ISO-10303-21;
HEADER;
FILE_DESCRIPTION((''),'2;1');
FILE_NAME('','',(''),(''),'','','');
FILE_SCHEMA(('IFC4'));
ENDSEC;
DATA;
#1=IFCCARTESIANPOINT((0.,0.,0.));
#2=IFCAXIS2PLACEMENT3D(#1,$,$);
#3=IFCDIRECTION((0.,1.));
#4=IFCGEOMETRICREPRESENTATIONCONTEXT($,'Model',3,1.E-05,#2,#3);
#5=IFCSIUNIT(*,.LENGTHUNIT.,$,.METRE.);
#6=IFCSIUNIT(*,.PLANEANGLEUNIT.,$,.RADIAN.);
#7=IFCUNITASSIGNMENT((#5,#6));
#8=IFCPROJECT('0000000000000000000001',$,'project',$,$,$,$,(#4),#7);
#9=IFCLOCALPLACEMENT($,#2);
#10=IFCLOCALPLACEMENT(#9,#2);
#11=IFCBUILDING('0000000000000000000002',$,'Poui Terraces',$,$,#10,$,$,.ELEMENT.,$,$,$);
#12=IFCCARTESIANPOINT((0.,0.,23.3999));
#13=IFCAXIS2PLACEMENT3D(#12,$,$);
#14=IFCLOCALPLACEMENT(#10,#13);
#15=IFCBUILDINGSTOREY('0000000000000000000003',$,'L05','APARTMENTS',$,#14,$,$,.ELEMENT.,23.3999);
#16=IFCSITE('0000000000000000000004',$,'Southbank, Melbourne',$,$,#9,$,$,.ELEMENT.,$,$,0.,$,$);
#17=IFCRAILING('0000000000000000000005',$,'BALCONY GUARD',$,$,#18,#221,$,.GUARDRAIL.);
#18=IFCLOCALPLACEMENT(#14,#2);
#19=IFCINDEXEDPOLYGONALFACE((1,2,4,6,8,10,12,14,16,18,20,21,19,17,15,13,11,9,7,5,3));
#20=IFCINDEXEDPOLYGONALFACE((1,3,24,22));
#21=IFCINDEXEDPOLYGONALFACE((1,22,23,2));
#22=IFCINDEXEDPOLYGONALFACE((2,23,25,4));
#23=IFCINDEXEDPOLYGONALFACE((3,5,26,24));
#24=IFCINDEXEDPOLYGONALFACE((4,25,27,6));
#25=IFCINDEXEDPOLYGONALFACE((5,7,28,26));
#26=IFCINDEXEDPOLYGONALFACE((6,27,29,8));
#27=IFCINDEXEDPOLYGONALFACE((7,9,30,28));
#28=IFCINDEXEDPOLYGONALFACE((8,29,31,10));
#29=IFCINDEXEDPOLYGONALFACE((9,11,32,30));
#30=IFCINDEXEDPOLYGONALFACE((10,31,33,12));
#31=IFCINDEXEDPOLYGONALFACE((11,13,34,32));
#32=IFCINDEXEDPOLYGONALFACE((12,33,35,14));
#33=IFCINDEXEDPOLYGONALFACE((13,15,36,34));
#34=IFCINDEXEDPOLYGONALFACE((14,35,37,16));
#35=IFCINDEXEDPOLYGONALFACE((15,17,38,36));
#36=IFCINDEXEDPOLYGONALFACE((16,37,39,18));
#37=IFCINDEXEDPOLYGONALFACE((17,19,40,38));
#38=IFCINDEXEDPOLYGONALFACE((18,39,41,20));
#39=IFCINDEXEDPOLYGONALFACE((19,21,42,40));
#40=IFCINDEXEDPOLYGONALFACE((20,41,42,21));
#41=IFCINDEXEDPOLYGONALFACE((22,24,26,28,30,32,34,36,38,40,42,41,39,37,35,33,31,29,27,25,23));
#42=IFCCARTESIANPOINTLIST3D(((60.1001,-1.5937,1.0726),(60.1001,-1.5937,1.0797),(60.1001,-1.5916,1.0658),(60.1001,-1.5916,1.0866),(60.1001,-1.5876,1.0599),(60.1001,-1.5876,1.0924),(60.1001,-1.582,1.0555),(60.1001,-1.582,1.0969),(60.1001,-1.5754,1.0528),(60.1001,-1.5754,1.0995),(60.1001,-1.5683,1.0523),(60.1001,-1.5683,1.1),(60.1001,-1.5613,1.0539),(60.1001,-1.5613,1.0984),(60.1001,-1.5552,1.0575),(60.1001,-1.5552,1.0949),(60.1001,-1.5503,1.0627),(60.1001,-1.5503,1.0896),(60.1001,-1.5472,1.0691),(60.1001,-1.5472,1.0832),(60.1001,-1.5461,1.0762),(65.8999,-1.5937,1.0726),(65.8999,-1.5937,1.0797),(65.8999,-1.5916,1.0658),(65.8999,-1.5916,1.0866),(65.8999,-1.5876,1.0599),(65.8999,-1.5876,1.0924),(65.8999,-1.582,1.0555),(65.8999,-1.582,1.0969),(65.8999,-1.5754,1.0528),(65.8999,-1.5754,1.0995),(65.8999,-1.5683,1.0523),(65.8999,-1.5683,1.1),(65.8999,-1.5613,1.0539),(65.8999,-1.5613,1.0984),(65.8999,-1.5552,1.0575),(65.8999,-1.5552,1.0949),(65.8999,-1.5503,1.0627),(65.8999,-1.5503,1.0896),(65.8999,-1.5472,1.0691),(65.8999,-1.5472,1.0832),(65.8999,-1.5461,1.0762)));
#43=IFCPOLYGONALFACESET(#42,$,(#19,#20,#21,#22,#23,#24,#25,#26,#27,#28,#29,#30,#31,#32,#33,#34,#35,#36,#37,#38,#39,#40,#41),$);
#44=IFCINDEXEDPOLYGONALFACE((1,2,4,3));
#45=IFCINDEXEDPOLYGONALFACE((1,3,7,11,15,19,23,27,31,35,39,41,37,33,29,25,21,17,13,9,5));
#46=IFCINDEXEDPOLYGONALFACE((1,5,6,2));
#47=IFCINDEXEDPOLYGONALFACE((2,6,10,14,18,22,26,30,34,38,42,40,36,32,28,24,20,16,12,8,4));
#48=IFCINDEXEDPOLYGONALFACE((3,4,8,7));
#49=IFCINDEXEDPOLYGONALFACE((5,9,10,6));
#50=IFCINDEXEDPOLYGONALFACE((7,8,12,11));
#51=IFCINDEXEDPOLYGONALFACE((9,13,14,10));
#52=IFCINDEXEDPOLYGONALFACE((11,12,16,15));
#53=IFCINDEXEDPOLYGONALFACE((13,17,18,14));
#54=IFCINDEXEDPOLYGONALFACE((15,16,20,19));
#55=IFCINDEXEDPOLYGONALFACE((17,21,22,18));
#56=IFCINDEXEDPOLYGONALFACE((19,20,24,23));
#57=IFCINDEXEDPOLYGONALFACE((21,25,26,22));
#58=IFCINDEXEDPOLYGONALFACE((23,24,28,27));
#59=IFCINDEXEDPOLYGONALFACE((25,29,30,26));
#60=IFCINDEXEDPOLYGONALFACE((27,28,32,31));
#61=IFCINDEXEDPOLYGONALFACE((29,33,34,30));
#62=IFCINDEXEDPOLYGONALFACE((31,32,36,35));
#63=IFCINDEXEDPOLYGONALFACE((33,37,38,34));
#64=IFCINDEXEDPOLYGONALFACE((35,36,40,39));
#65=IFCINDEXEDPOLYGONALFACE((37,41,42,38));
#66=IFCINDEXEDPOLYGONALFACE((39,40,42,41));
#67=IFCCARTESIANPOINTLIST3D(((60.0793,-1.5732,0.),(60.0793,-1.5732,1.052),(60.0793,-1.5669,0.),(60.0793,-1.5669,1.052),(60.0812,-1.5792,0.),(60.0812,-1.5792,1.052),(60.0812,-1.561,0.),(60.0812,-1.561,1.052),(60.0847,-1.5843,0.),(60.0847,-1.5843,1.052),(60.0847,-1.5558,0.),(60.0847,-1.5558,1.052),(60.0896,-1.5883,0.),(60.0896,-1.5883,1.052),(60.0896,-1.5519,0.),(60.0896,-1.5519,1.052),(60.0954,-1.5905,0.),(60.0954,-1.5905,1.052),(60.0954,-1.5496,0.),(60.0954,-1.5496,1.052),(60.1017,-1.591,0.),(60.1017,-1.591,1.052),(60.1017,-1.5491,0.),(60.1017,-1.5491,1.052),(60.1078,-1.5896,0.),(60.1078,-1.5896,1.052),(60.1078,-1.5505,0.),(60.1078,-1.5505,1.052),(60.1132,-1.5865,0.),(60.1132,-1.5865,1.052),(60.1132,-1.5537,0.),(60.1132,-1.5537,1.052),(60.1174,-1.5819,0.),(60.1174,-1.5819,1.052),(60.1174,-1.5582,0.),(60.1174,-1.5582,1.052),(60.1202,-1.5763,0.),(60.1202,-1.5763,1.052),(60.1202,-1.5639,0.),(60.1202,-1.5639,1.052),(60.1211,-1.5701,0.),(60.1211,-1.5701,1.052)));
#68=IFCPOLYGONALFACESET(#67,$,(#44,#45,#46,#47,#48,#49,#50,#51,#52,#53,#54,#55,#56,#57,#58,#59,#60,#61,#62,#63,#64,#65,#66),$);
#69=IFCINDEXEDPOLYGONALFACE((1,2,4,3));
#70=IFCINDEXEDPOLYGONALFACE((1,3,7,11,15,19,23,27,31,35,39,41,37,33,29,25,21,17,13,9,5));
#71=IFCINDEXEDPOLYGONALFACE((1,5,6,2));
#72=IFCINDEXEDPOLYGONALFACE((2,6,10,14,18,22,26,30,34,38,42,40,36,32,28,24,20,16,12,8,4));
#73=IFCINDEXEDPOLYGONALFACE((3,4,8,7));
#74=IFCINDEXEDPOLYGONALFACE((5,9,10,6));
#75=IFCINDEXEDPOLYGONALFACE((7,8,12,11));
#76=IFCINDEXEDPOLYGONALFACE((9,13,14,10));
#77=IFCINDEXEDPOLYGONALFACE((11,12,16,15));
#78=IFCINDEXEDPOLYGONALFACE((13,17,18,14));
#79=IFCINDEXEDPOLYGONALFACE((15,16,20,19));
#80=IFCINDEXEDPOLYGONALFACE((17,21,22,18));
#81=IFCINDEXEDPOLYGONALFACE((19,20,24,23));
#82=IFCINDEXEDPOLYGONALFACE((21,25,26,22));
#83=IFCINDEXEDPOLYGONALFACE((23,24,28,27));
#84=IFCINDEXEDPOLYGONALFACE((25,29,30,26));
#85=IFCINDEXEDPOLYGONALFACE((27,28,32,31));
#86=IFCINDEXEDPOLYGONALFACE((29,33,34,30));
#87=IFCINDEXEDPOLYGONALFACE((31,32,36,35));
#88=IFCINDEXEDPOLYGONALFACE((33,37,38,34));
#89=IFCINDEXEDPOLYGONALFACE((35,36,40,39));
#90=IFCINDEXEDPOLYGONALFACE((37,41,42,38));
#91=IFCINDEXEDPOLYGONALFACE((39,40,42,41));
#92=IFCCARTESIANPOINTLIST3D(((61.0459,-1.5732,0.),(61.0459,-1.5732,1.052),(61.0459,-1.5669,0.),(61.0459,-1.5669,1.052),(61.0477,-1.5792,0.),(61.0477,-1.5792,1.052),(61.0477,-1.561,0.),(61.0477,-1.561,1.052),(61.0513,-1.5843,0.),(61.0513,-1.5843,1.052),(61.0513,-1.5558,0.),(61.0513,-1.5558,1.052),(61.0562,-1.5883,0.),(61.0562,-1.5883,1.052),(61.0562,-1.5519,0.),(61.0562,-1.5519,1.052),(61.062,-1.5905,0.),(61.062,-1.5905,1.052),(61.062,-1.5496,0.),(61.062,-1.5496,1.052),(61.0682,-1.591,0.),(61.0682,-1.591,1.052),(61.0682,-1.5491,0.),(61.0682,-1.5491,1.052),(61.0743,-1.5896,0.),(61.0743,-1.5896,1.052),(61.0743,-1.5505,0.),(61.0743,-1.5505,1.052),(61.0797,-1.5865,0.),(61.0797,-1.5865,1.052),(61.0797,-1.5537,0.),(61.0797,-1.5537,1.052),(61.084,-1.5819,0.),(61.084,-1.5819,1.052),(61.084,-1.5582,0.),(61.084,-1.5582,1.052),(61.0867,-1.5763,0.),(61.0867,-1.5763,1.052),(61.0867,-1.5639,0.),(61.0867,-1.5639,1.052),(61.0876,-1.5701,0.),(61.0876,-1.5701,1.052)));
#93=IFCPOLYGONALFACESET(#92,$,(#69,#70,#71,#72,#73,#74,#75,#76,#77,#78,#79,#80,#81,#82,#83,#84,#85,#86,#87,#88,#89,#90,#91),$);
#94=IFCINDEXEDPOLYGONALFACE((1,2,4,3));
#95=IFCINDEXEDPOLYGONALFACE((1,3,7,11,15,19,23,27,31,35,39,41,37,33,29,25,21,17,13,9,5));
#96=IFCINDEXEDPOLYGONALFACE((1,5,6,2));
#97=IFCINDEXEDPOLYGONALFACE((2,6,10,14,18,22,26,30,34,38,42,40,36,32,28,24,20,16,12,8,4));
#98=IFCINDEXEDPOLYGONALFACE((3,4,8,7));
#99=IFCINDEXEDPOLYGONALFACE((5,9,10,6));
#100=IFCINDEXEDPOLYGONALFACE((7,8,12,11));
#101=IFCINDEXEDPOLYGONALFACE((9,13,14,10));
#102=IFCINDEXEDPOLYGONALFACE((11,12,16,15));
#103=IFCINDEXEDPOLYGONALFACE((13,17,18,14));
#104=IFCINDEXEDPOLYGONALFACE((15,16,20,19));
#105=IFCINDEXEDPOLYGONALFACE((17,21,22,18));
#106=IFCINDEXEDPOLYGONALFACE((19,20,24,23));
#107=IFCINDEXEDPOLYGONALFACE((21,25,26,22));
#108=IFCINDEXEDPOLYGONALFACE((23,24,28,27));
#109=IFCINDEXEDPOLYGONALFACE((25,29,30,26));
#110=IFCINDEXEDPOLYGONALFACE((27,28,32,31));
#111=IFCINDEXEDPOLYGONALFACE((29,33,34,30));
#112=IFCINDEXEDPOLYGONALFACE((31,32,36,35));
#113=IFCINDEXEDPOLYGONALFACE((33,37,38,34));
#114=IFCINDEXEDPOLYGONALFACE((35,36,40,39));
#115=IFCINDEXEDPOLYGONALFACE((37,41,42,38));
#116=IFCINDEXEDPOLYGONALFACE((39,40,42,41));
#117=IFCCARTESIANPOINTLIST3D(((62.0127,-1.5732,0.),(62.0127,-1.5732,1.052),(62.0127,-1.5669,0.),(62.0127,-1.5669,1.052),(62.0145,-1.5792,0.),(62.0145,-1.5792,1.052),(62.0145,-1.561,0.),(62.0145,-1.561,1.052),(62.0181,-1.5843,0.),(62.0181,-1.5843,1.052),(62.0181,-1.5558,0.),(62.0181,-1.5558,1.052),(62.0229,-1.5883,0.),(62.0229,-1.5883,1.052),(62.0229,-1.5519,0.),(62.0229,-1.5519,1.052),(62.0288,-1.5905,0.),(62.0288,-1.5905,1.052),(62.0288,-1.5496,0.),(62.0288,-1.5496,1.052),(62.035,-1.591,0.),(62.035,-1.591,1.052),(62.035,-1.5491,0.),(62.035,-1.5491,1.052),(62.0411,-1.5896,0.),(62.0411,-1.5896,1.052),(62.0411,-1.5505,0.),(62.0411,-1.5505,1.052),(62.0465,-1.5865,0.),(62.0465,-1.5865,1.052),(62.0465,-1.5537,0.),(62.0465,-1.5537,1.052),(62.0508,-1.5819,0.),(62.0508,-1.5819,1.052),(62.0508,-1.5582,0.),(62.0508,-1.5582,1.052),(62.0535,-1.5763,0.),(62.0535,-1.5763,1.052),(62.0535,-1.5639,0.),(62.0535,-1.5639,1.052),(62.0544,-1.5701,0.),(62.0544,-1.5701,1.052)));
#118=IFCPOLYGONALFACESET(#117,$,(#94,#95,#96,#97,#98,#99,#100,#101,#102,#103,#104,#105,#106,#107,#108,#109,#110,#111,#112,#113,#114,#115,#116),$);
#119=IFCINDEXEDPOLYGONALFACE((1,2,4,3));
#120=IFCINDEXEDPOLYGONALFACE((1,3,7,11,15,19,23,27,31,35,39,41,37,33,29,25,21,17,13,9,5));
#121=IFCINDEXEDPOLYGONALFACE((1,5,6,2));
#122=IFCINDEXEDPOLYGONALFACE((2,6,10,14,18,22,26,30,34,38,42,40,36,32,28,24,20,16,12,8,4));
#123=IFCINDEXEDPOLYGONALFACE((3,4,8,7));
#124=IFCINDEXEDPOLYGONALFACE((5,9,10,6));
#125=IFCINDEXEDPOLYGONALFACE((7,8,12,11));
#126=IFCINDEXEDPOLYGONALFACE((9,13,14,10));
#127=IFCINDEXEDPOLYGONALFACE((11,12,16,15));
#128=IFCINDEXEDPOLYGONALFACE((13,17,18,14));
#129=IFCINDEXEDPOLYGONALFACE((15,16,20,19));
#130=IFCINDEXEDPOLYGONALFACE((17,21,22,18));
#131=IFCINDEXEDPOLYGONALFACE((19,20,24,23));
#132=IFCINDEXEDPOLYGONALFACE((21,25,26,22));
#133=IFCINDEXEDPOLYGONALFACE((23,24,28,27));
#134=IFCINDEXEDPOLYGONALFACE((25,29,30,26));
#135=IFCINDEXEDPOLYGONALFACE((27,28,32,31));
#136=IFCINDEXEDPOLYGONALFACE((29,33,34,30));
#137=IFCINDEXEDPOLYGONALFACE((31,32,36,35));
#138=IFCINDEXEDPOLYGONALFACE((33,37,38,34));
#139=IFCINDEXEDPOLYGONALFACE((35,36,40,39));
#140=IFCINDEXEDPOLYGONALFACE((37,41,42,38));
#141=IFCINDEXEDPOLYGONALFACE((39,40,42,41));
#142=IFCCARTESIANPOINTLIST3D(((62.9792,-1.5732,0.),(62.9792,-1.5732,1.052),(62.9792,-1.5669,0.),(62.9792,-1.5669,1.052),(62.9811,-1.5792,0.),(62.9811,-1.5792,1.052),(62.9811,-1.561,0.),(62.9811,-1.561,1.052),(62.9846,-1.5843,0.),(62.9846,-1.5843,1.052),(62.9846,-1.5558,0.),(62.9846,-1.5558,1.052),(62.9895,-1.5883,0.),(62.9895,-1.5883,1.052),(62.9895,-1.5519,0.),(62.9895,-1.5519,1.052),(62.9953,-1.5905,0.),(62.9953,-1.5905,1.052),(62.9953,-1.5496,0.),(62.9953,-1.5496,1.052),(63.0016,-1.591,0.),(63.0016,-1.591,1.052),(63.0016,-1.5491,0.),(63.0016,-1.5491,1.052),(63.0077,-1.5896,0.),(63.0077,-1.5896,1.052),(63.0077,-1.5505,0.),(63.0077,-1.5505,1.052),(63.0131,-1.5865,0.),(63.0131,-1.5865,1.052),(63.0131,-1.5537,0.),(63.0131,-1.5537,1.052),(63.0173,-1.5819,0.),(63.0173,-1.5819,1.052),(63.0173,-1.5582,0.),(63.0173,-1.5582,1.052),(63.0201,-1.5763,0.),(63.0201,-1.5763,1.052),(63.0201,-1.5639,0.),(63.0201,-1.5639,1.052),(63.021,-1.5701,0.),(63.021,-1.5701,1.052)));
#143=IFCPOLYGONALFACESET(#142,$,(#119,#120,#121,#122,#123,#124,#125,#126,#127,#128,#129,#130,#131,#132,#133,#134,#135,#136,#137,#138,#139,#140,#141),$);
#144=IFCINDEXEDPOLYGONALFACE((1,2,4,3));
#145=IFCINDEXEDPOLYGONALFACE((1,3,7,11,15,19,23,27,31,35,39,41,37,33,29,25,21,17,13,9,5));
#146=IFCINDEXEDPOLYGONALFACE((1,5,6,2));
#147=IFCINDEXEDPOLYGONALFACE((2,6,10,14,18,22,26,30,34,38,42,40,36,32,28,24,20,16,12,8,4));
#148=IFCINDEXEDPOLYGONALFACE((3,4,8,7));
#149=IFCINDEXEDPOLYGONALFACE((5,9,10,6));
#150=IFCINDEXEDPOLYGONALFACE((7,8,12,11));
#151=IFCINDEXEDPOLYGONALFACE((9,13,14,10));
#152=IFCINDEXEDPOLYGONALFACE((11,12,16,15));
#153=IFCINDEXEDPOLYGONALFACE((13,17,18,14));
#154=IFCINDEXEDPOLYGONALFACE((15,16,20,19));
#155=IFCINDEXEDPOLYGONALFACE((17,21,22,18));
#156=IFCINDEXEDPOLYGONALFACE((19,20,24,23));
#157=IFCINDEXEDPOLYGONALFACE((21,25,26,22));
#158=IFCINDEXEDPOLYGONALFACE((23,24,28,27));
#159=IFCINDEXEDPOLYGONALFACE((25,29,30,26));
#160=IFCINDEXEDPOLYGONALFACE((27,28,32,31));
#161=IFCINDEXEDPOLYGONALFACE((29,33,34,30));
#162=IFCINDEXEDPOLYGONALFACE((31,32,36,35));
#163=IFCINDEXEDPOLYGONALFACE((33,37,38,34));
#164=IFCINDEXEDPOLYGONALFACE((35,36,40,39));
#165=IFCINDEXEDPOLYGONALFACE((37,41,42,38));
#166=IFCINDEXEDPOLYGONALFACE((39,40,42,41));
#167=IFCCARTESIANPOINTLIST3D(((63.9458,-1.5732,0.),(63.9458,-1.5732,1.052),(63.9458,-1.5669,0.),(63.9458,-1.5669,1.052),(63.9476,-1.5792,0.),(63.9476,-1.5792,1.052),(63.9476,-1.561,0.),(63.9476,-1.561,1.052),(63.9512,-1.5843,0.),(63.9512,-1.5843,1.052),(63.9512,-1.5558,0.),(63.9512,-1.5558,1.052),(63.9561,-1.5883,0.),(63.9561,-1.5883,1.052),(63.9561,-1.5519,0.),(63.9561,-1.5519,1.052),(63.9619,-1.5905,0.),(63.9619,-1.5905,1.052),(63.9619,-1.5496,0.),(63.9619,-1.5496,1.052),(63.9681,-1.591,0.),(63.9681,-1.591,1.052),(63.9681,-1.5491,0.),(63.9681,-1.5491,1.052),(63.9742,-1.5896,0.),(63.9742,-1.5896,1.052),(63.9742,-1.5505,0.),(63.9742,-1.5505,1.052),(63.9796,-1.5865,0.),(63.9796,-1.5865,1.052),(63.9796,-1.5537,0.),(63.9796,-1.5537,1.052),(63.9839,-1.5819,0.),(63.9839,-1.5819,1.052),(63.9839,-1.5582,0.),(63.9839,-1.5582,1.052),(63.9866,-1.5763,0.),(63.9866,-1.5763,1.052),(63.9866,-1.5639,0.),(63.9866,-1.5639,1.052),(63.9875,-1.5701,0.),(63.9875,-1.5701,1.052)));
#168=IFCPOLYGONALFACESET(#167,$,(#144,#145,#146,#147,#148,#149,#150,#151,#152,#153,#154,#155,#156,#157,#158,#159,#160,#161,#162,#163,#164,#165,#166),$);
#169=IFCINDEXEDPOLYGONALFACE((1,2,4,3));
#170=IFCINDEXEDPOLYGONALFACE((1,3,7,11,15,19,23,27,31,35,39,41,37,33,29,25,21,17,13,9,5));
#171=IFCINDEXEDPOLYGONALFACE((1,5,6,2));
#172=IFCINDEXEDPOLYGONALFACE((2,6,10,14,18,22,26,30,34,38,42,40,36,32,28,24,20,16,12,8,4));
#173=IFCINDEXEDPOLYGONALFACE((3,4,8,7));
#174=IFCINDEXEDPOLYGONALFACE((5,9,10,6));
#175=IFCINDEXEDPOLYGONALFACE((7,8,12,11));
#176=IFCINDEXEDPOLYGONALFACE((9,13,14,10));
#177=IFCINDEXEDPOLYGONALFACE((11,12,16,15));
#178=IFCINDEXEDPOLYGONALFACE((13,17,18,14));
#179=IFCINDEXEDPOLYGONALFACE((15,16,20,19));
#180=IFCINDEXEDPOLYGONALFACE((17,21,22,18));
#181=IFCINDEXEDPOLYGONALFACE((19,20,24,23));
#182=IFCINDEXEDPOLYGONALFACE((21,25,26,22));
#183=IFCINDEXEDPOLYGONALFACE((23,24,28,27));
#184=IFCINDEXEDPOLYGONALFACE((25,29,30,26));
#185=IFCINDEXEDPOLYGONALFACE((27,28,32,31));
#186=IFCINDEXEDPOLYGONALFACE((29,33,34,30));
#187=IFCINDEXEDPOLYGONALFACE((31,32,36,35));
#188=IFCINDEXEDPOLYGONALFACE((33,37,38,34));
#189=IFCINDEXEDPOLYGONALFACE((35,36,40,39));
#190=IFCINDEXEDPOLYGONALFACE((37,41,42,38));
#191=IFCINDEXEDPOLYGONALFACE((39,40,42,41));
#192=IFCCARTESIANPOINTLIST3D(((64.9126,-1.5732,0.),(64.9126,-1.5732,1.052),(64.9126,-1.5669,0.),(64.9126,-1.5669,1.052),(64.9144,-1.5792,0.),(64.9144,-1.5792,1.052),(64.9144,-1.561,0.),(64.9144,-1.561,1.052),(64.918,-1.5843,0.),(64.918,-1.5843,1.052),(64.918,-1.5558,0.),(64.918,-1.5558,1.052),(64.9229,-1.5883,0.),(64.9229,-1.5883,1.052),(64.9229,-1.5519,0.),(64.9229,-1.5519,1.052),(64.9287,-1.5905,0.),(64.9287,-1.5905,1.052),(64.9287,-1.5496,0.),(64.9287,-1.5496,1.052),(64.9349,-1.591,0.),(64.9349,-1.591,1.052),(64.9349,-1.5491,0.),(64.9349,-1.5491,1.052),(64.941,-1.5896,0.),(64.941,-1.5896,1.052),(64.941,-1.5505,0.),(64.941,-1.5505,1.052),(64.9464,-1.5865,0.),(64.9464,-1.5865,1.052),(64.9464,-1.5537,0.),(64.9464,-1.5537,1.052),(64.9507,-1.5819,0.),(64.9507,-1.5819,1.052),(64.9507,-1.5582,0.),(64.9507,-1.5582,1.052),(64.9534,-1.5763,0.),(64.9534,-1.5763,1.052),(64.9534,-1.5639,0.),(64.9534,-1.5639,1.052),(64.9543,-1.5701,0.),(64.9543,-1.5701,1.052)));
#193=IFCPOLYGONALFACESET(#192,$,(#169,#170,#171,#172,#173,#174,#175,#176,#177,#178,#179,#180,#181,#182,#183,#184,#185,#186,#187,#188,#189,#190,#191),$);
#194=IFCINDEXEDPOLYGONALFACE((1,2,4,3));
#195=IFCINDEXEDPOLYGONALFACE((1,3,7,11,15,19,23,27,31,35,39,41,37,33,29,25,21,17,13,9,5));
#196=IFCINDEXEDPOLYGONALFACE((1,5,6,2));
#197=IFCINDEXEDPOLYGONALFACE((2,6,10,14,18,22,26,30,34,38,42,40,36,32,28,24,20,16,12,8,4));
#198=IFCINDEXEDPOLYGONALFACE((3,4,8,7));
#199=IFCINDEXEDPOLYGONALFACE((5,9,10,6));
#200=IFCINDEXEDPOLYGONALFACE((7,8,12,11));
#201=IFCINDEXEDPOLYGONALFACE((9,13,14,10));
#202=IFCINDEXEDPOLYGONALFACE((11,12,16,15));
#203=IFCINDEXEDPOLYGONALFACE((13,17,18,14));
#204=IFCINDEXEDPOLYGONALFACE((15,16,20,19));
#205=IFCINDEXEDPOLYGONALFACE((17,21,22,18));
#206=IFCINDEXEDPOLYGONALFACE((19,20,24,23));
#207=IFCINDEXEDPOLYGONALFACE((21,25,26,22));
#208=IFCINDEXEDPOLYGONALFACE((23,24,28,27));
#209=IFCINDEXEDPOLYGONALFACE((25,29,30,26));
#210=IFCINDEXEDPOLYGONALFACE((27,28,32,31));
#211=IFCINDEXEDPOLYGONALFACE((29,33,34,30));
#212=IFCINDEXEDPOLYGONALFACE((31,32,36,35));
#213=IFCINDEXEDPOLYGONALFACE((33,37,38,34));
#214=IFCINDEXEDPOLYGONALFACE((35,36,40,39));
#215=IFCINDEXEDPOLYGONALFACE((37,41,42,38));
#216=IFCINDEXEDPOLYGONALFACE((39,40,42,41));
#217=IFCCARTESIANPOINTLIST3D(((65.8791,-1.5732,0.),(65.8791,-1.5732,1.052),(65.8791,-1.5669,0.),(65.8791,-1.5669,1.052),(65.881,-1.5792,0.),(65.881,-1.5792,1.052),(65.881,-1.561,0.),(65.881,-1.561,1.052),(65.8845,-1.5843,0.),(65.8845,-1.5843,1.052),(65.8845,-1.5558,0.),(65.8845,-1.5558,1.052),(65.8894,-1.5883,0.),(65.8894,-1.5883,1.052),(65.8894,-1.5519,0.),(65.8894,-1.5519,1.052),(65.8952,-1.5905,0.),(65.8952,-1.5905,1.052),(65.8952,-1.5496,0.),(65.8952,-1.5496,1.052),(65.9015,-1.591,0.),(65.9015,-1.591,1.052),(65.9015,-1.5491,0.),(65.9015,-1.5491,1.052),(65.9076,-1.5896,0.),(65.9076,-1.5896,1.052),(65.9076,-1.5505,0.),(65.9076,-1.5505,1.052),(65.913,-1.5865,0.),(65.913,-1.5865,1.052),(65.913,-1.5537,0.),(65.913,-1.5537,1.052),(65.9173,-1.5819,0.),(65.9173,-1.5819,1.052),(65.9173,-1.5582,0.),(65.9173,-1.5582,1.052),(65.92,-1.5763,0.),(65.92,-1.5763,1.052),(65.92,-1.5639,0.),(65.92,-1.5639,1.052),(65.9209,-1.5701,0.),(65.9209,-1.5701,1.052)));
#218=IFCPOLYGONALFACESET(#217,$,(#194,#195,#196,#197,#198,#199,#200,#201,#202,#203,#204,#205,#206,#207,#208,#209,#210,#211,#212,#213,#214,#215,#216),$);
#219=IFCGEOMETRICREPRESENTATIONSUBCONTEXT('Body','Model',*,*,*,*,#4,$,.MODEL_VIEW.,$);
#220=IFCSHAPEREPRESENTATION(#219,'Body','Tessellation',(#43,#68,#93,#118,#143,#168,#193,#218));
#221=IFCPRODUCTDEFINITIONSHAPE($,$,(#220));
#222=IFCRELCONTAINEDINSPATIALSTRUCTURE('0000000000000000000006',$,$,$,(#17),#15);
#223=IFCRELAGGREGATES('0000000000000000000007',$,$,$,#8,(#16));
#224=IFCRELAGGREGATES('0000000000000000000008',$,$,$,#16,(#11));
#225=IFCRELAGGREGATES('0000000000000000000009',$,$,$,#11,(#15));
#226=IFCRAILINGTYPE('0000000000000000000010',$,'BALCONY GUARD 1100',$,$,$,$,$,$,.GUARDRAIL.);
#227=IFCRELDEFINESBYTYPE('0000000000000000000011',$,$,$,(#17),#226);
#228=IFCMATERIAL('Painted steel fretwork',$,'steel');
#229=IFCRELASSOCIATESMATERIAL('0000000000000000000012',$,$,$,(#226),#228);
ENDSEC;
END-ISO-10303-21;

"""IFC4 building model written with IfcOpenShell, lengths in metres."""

from ifc_helpers import new_model, si_unit, direction, frame, origin, origin_2d, place, context, subcontext, project, spatial, circle, extrude, material, type_object, element, save


model = new_model("IFC4")

# Units and contexts
model_context = context("Model", 3, precision=1e-05, world=origin(), true_north=direction((0.0, 1.0)))
body_context = subcontext(model_context, "Body", "Model", "MODEL_VIEW")
ifc_project = project(units=[si_unit("LENGTHUNIT", "METRE"), si_unit("PLANEANGLEUNIT", "RADIAN")], contexts=[model_context])

# Site, building, storey
site_placement = place(None, origin())
site = spatial("IfcSite", under=ifc_project, at=site_placement, Name="Southbank, Melbourne", CompositionType="ELEMENT", RefElevation=0.0)
building_placement = place(site_placement, origin())
building = spatial("IfcBuilding", under=site, at=building_placement, Name="Poui Terraces", CompositionType="ELEMENT")
storey_placement = place(building_placement, frame((0.0, 0.0, 23.3999)))
storey = spatial("IfcBuildingStorey", under=building, at=storey_placement, Name="L05", Description="APARTMENTS", CompositionType="ELEMENT", Elevation=23.3999)

# Railing
ifc_material_1 = material(Name="Painted steel fretwork", Category="steel")
railing_type = type_object("IfcRailingType", Name="BALCONY GUARD 1100", PredefinedType="GUARDRAIL", material=ifc_material_1)
railing_placement = place(storey_placement, frame((60.1001, -1.5701, 0.0)))
element("IfcRailing", 1, at=railing_placement, inside=storey, type_object=railing_type, Name="BALCONY GUARD", PredefinedType="GUARDRAIL", context=body_context, shape_type="SweptSolid", body=[
    extrude(circle(Radius=0.0239, at=origin_2d()), frame((0.0, 0.0, 1.0762), z_axis=(1.0, 0.0, 0.0), x_axis=(0.0, 1.0, 0.0)), (0.0, 0.0, 1.0), 5.7998),
    extrude(circle(Radius=0.021, at=origin_2d()), origin(), (0.0, 0.0, 1.0), 1.052),
    extrude(circle(Radius=0.021, at=origin_2d()), frame((0.9666, 0.0, 0.0)), (0.0, 0.0, 1.0), 1.052),
    extrude(circle(Radius=0.021, at=origin_2d()), frame((1.9333, 0.0, 0.0)), (0.0, 0.0, 1.0), 1.052),
    extrude(circle(Radius=0.021, at=origin_2d()), frame((2.8999, 0.0, 0.0)), (0.0, 0.0, 1.0), 1.052),
    extrude(circle(Radius=0.021, at=origin_2d()), frame((3.8665, 0.0, 0.0)), (0.0, 0.0, 1.0), 1.052),
    extrude(circle(Radius=0.021, at=origin_2d()), frame((4.8333, 0.0, 0.0)), (0.0, 0.0, 1.0), 1.052),
    extrude(circle(Radius=0.021, at=origin_2d()), frame((5.7998, 0.0, 0.0)), (0.0, 0.0, 1.0), 1.052),
])

save(model, "model.ifc")
